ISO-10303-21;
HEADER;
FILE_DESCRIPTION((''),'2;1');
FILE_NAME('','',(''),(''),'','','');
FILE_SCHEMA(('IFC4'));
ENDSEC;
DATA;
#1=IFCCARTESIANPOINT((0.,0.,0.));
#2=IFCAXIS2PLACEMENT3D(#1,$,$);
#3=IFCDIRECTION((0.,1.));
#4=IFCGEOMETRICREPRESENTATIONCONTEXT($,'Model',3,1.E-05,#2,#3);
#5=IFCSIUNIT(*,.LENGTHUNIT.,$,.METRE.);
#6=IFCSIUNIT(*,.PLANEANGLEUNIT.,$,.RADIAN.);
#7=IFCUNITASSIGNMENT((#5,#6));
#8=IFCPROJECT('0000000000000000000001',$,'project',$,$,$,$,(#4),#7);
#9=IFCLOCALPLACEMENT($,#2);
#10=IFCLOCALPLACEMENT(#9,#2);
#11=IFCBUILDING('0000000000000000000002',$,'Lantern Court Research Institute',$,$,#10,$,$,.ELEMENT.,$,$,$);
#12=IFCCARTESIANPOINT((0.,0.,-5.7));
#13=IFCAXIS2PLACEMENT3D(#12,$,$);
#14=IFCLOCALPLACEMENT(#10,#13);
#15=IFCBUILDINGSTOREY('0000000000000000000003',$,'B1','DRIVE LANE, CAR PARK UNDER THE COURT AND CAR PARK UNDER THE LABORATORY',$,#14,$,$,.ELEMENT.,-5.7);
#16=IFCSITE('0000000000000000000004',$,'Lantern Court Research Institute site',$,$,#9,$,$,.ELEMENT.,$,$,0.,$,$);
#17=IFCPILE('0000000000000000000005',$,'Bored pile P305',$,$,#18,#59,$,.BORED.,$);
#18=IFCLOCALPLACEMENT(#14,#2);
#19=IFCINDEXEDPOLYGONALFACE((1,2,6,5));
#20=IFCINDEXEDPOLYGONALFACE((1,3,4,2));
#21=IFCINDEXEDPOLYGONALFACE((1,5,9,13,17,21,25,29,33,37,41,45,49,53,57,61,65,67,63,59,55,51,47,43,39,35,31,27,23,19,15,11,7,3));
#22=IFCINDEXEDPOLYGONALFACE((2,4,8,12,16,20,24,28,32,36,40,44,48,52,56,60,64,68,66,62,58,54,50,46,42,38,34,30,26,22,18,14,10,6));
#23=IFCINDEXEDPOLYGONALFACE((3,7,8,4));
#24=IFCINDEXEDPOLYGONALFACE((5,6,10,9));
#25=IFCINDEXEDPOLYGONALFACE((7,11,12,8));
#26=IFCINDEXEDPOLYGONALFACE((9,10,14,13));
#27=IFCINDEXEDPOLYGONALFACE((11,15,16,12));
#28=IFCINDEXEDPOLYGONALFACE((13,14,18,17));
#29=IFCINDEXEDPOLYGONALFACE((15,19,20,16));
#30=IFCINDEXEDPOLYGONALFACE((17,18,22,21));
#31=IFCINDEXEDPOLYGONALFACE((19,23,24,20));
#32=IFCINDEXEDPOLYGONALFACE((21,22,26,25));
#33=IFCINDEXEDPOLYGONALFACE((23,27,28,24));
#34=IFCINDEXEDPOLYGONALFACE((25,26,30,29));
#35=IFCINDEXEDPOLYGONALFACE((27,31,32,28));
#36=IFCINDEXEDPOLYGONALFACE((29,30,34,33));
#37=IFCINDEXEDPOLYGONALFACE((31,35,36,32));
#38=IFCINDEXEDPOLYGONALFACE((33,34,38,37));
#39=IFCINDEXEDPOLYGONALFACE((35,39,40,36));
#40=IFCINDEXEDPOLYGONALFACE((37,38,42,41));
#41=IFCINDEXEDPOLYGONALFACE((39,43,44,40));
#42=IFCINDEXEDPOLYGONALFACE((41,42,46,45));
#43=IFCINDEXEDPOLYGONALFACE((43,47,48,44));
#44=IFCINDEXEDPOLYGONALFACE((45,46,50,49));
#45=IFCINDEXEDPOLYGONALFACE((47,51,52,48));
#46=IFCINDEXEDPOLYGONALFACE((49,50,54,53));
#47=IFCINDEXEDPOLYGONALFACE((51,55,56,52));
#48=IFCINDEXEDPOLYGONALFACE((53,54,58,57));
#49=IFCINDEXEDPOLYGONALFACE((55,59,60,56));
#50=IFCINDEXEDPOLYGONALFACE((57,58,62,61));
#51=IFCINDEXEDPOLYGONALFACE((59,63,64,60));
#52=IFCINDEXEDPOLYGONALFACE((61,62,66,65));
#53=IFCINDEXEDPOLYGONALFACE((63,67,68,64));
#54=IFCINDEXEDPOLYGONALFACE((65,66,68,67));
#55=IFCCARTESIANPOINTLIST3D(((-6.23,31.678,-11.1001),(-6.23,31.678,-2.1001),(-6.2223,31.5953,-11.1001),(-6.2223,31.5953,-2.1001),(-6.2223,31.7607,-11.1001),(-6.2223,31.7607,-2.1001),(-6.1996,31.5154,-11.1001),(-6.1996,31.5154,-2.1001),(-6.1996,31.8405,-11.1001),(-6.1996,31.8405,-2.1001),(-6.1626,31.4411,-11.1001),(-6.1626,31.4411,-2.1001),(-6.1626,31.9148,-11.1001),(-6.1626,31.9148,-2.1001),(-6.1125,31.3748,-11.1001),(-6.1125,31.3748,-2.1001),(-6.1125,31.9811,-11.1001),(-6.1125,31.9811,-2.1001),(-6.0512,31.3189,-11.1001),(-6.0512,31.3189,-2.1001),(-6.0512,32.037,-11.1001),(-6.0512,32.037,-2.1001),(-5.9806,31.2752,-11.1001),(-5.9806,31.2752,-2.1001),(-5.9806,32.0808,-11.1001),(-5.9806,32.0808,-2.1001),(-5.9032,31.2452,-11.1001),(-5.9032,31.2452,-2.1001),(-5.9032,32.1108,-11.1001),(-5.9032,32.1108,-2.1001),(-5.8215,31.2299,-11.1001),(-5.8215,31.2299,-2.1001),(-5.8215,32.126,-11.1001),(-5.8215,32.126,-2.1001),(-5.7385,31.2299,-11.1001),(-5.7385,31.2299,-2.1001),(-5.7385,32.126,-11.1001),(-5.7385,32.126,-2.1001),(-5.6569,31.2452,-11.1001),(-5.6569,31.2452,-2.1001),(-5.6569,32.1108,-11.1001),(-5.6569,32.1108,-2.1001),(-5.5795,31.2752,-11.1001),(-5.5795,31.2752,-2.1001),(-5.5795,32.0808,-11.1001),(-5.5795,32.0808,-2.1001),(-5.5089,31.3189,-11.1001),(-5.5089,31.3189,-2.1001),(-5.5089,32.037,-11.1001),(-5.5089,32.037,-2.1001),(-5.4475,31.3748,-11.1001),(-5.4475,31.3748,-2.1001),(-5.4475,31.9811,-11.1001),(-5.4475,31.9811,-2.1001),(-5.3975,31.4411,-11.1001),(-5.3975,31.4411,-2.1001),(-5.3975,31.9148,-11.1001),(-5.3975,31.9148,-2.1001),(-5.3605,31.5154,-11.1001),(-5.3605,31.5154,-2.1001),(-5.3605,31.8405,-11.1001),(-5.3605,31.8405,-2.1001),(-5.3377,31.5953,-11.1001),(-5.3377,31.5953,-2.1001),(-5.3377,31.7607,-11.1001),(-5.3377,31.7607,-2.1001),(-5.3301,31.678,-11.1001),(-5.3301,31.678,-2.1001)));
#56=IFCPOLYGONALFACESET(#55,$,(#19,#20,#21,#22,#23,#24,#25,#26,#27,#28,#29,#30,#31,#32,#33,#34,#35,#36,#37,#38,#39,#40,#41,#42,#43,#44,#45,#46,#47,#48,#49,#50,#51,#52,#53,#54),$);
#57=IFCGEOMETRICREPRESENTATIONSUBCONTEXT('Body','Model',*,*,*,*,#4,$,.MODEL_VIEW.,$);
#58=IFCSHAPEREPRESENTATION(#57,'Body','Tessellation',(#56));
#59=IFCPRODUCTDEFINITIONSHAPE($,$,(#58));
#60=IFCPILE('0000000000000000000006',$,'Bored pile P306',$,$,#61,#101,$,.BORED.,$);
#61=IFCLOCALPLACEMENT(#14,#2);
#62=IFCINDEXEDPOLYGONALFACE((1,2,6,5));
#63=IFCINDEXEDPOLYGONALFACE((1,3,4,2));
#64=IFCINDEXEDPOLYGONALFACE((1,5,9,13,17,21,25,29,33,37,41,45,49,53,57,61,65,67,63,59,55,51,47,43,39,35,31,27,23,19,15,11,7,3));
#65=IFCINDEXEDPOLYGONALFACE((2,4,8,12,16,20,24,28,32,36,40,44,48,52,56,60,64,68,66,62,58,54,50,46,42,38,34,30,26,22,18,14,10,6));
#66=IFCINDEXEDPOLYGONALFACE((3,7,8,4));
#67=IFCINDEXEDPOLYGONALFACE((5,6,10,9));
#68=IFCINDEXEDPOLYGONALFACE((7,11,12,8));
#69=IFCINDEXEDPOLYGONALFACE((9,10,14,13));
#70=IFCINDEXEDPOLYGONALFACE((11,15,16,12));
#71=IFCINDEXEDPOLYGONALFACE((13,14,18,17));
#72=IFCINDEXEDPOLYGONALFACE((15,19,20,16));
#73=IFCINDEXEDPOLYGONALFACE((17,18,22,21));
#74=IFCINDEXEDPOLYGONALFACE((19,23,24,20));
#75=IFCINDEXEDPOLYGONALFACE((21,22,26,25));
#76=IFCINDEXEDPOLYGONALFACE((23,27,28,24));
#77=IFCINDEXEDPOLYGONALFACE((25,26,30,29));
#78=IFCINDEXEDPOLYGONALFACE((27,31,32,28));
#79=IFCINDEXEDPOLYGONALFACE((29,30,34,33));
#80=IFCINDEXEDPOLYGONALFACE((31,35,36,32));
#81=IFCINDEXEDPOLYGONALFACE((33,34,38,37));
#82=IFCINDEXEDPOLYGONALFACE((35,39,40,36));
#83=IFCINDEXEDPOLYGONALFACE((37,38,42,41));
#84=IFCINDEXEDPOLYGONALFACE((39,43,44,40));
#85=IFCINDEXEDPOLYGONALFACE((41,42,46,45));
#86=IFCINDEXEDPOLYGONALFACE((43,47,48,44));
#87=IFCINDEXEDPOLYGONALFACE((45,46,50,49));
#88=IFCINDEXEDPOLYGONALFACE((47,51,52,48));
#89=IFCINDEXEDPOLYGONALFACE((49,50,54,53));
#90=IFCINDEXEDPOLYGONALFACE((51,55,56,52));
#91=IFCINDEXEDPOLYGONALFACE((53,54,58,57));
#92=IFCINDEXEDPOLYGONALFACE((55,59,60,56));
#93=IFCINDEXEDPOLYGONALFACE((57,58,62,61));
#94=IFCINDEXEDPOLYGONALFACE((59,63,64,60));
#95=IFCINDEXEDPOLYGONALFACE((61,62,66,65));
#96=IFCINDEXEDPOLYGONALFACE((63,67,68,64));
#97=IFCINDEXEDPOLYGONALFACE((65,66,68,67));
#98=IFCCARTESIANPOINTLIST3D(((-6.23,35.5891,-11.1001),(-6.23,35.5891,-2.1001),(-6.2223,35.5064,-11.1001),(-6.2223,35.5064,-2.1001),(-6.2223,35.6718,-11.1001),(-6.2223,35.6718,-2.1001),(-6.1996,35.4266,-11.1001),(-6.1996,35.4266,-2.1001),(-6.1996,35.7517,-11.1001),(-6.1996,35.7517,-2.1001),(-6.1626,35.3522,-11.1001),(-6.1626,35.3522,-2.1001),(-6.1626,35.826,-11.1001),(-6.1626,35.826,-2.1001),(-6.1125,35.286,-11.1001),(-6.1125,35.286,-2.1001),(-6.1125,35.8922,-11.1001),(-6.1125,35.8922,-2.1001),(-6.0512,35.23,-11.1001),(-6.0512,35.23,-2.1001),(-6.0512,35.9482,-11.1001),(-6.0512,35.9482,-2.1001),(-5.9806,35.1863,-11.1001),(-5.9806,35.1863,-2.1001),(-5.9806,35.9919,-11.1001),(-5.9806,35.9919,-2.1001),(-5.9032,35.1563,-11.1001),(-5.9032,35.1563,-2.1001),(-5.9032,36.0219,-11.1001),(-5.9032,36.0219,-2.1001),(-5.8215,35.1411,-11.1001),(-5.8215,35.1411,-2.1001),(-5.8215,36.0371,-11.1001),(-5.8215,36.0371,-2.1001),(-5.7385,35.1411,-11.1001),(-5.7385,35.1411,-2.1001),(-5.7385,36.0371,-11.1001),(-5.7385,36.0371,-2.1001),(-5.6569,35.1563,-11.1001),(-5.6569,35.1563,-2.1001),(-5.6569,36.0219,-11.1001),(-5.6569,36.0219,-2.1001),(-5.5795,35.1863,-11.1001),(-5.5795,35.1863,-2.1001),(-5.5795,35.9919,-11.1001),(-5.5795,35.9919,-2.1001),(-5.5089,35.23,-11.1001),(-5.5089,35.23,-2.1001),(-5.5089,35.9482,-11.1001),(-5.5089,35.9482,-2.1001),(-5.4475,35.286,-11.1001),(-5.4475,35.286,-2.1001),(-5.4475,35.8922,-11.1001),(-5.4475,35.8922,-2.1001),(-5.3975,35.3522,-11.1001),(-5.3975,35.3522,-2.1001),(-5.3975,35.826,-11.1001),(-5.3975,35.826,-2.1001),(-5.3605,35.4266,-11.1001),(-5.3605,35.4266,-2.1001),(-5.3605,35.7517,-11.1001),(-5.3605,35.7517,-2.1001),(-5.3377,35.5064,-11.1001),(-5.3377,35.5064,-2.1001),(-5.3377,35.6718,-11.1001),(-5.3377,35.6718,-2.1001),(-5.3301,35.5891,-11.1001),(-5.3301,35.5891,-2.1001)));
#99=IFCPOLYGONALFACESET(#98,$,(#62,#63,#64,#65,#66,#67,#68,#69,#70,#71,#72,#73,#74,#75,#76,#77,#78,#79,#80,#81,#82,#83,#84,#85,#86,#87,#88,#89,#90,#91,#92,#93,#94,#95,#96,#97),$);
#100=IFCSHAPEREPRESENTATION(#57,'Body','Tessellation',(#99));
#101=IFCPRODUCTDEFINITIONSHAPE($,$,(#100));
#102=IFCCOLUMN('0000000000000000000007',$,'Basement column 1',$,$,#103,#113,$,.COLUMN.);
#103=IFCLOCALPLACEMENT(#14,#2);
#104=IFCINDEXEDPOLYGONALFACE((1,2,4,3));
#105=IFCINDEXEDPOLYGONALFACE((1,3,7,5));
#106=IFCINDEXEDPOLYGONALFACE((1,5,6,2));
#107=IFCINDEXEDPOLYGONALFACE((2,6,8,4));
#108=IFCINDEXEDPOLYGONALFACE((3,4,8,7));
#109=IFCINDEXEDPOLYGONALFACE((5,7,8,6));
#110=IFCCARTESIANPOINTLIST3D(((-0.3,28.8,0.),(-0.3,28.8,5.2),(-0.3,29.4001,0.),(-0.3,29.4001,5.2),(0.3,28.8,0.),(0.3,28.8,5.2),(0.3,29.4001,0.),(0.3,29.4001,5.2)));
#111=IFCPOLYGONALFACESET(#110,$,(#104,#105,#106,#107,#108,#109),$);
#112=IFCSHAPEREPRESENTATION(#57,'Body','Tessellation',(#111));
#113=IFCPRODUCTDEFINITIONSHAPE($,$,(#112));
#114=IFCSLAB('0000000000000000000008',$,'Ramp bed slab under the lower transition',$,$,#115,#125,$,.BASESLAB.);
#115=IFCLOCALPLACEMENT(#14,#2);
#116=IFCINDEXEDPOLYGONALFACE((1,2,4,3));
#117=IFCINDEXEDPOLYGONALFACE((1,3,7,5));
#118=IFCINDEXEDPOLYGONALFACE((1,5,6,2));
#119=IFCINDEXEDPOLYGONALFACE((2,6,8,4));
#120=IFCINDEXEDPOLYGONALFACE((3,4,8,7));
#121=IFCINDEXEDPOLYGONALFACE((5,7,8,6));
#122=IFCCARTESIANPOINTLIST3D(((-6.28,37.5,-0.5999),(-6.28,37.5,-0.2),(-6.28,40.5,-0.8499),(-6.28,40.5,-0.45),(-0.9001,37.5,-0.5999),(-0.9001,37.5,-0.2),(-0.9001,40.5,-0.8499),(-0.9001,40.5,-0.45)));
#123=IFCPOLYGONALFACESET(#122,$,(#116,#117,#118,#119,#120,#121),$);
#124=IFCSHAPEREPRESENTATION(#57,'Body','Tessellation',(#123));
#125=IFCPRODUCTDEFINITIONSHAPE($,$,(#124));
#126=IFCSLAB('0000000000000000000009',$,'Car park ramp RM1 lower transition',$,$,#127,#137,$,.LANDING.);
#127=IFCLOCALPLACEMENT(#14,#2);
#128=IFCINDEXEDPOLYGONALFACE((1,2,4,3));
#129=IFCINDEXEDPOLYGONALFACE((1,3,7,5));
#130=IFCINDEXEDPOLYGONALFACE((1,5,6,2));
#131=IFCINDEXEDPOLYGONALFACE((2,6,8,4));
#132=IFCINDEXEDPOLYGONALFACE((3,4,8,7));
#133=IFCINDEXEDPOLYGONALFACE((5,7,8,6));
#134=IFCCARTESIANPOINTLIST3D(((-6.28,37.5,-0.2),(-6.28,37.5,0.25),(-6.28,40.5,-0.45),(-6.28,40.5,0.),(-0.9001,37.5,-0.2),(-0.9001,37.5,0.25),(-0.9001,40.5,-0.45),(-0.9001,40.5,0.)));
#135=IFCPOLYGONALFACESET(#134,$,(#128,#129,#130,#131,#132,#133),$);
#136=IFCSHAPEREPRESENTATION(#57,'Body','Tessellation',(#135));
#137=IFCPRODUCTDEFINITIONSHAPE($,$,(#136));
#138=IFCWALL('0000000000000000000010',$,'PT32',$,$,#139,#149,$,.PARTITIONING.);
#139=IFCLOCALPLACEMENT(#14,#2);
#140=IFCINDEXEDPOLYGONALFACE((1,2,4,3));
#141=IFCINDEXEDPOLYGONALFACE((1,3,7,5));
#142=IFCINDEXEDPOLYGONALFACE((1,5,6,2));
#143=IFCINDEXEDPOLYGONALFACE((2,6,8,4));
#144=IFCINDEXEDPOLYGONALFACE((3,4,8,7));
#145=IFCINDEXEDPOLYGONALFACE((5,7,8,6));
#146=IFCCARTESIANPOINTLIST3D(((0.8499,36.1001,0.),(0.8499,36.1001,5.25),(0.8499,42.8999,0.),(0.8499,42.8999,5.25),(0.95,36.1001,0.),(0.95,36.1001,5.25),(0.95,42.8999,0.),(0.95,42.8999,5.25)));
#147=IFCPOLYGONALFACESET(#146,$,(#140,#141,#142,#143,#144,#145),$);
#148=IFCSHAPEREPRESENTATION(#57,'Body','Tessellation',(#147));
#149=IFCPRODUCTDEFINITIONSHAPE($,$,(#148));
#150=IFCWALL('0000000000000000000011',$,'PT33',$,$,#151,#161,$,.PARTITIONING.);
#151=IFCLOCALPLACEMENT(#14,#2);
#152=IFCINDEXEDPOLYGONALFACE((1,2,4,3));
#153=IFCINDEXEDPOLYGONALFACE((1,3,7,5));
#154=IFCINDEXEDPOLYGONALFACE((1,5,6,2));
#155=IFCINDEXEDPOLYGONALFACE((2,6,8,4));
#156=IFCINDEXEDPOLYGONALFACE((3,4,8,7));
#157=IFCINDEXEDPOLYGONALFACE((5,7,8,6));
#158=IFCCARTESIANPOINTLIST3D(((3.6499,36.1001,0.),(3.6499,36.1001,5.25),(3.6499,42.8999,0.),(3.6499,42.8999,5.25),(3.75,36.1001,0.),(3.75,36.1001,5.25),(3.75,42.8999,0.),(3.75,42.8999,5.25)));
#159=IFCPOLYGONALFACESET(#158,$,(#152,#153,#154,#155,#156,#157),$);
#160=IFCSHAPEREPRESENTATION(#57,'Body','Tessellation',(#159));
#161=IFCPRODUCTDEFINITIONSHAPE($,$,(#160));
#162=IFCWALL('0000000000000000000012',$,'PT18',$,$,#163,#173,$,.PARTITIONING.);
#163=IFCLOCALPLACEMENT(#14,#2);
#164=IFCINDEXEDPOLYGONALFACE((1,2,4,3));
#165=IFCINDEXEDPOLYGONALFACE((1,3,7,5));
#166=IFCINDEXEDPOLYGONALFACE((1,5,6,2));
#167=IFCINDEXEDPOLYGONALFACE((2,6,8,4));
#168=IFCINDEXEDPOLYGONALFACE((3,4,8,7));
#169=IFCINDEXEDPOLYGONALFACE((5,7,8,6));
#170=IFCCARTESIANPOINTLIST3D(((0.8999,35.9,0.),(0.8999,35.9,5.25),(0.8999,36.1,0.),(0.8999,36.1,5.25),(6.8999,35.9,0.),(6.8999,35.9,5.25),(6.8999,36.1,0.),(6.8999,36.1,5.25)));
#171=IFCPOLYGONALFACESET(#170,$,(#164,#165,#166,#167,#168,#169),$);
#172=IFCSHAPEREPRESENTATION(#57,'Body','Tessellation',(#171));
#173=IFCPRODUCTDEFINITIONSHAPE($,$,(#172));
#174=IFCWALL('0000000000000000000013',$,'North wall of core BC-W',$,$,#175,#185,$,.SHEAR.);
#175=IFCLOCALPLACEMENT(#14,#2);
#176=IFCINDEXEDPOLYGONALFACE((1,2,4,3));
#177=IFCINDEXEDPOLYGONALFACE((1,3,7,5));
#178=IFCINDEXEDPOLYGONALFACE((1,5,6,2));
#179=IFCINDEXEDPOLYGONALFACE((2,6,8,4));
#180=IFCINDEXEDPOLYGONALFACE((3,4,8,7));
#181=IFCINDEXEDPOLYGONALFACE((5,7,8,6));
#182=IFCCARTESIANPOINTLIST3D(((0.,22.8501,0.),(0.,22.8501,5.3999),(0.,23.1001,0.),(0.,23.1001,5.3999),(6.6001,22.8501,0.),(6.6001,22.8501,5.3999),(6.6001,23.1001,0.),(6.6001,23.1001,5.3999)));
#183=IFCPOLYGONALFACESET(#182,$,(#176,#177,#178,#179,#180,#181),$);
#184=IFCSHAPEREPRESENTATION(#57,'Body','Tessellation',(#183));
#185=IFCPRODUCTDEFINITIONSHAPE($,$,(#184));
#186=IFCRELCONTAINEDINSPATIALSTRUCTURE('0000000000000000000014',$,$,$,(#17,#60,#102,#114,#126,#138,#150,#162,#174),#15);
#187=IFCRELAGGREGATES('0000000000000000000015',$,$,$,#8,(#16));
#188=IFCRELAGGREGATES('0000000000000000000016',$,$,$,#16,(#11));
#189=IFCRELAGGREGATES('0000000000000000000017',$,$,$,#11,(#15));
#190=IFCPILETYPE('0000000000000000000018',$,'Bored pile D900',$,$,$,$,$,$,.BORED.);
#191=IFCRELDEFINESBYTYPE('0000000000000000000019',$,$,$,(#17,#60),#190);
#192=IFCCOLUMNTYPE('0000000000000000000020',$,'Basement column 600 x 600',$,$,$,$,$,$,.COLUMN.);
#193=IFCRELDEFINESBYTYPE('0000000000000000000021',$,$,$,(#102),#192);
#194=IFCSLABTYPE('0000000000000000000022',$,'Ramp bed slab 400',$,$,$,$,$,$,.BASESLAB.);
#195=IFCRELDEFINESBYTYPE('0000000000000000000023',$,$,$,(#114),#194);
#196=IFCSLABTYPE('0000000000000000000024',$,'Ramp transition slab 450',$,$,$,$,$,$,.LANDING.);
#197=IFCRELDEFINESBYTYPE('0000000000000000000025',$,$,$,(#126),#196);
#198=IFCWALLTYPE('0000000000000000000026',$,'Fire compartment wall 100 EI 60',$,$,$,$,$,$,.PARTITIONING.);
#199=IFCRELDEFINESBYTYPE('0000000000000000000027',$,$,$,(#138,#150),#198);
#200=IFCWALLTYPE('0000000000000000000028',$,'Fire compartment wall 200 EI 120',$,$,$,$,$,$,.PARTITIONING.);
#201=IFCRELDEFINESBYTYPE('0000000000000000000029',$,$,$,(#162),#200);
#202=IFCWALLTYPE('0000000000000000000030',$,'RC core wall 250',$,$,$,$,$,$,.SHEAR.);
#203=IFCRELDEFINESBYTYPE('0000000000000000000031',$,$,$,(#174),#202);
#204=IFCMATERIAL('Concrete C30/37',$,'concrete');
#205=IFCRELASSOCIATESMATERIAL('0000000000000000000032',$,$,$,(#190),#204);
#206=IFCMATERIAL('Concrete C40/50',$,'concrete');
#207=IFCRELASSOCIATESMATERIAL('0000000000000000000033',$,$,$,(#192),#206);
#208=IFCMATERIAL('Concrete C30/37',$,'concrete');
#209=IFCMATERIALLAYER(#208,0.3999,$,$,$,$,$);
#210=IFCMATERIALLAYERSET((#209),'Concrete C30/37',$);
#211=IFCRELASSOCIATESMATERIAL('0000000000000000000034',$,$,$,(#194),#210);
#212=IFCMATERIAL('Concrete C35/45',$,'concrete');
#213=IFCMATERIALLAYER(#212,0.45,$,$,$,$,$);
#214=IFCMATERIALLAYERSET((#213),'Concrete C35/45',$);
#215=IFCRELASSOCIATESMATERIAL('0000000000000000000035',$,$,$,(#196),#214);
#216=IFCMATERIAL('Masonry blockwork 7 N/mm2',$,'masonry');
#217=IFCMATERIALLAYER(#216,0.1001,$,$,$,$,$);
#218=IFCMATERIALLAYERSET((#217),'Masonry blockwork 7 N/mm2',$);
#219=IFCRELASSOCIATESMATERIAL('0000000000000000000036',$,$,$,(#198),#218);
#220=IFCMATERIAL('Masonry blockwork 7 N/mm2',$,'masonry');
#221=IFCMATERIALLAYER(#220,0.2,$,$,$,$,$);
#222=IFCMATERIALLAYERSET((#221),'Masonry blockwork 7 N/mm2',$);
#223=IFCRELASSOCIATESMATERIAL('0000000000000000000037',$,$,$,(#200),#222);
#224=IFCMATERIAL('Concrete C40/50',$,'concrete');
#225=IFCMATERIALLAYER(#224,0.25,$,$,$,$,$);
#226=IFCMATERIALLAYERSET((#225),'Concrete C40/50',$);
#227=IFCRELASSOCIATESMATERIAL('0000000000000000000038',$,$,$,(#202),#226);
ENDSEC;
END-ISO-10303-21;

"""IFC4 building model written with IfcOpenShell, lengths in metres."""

from ifc_helpers import new_model, si_unit, direction, frame, frame_2d, origin, origin_2d, place, context, subcontext, project, spatial, polyline, rectangle, circle, outline, extrude, material, layer, layer_set, material_profile, profile_set, type_object, element, save


model = new_model("IFC4")

# Units and contexts
model_context = context("Model", 3, precision=1e-05, world=origin(), true_north=direction((0.0, 1.0)))
body_context = subcontext(model_context, "Body", "Model", "MODEL_VIEW")
ifc_project = project(units=[si_unit("LENGTHUNIT", "METRE"), si_unit("PLANEANGLEUNIT", "RADIAN")], contexts=[model_context])

# Site, building, storey
site_placement = place(None, origin())
site = spatial("IfcSite", under=ifc_project, at=site_placement, Name="Lantern Court Research Institute site", CompositionType="ELEMENT", RefElevation=0.0)
building_placement = place(site_placement, origin())
building = spatial("IfcBuilding", under=site, at=building_placement, Name="Lantern Court Research Institute", CompositionType="ELEMENT")
storey_placement = place(building_placement, frame((0.0, 0.0, -5.7)))
storey = spatial("IfcBuildingStorey", under=building, at=storey_placement, Name="B1", Description="DRIVE LANE, CAR PARK UNDER THE COURT AND CAR PARK UNDER THE LABORATORY", CompositionType="ELEMENT", Elevation=-5.7)

# Piles
ifc_material_1 = material(Name="Concrete C30/37", Category="concrete")
ifc_material_profile_1 = material_profile(ifc_material_1, circle(Radius=0.45, at=origin_2d()), Name="Bored pile D900")
ifc_profile_set_1 = profile_set([ifc_material_profile_1], Name="Concrete C30/37")
pile_type_1 = type_object("IfcPileType", Name="Bored pile D900", PredefinedType="BORED", material=ifc_profile_set_1)
for number, where, z_axis, x_axis, name in (
    (1, (-5.78, 31.678, -2.1001), (0.0, 0.0, -1.0), (1.0, 0.0, 0.0), "Bored pile P305"),
    (2, (-5.78, 35.5891, -2.1001), (0.0, 0.0, -1.0), (1.0, 0.0, 0.0), "Bored pile P306"),
):
    element("IfcPile", number, at=place(storey_placement, frame(where, z_axis=z_axis, x_axis=x_axis)), inside=storey, type_object=pile_type_1, Name=name, PredefinedType="BORED", context=body_context, shape_type="SweptSolid", body=[
        extrude(circle(Radius=0.45, at=origin_2d()), origin(), (0.0, 0.0, 1.0), 9.0),
    ])

# Column
ifc_material_2 = material(Name="Concrete C40/50", Category="concrete")
ifc_material_profile_2 = material_profile(ifc_material_2, rectangle(XDim=0.6001, YDim=0.6001, at=origin_2d()), Name="Basement column 600 x 600")
ifc_profile_set_2 = profile_set([ifc_material_profile_2], Name="Concrete C40/50")
column_type = type_object("IfcColumnType", Name="Basement column 600 x 600", PredefinedType="COLUMN", material=ifc_profile_set_2)
column_placement = place(storey_placement, frame((0.0, 29.1001, 0.0), z_axis=(0.0, 0.0, 1.0), x_axis=(1.0, 0.0, 0.0)))
element("IfcColumn", 3, at=column_placement, inside=storey, type_object=column_type, Name="Basement column 1", PredefinedType="COLUMN", context=body_context, shape_type="SweptSolid", body=[
    extrude(rectangle(XDim=0.6001, YDim=0.6001, at=origin_2d()), origin(), (0.0, 0.0, 1.0), 5.2),
])

# Slabs
ifc_material_3 = material(Name="Concrete C30/37", Category="concrete")
ifc_layer_1 = layer(ifc_material_3, 0.3999)
ifc_layer_set_1 = layer_set([ifc_layer_1], Name="Concrete C30/37")
slab_type_1 = type_object("IfcSlabType", Name="Ramp bed slab 400", PredefinedType="BASESLAB", material=ifc_layer_set_1)
slab_1_placement = place(storey_placement, frame((-3.5901, 37.5, -0.2), z_axis=(0.0, 0.0, 1.0), x_axis=(0.0, 1.0, 0.0)))
element("IfcSlab", 4, at=slab_1_placement, inside=storey, type_object=slab_type_1, Name="Ramp bed slab under the lower transition", PredefinedType="BASESLAB", context=body_context, shape_type="SweptSolid", body=[
    extrude(outline(polyline([(0.0, 0.0), (3.0, -0.25), (3.0, -0.6499), (0.0, -0.3999), (0.0, 0.0)])), frame((0.0, 2.6899, 0.0), z_axis=(0.0, -1.0, 0.0), x_axis=(1.0, 0.0, 0.0)), (0.0, 0.0, 1.0), 5.3799),
])
ifc_material_4 = material(Name="Concrete C35/45", Category="concrete")
ifc_layer_2 = layer(ifc_material_4, 0.45)
ifc_layer_set_2 = layer_set([ifc_layer_2], Name="Concrete C35/45")
slab_type_2 = type_object("IfcSlabType", Name="Ramp transition slab 450", PredefinedType="LANDING", material=ifc_layer_set_2)
slab_2_placement = place(storey_placement, frame((-3.5901, 37.5, 0.25), z_axis=(0.0, 0.0, 1.0), x_axis=(0.0, 1.0, 0.0)))
element("IfcSlab", 5, at=slab_2_placement, inside=storey, type_object=slab_type_2, Name="Car park ramp RM1 lower transition", PredefinedType="LANDING", context=body_context, shape_type="SweptSolid", body=[
    extrude(outline(polyline([(0.0, 0.0), (3.0, -0.25), (3.0, -0.7), (0.0, -0.45), (0.0, 0.0)])), frame((0.0, 2.6899, 0.0), z_axis=(0.0, -1.0, 0.0), x_axis=(1.0, 0.0, 0.0)), (0.0, 0.0, 1.0), 5.3799),
])

# Walls
ifc_material_5 = material(Name="Masonry blockwork 7 N/mm2", Category="masonry")
ifc_layer_3 = layer(ifc_material_5, 0.1001)
ifc_layer_set_3 = layer_set([ifc_layer_3], Name="Masonry blockwork 7 N/mm2")
wall_type_1 = type_object("IfcWallType", Name="Fire compartment wall 100 EI 60", PredefinedType="PARTITIONING", material=ifc_layer_set_3)
for number, where, z_axis, x_axis, name in (
    (6, (0.8999, 36.1001, 0.0), (0.0, 0.0, 1.0), (0.0, 1.0, 0.0), "PT32"),
    (7, (3.7, 36.1001, 0.0), (0.0, 0.0, 1.0), (0.0, 1.0, 0.0), "PT33"),
):
    element("IfcWall", number, at=place(storey_placement, frame(where, z_axis=z_axis, x_axis=x_axis)), inside=storey, type_object=wall_type_1, Name=name, PredefinedType="PARTITIONING", context=body_context, shape_type="SweptSolid", body=[
        extrude(rectangle(XDim=6.7998, YDim=0.1001, at=frame_2d((3.3999, 0.0))), origin(), (0.0, 0.0, 1.0), 5.25),
    ])
ifc_material_6 = material(Name="Masonry blockwork 7 N/mm2", Category="masonry")
ifc_layer_4 = layer(ifc_material_6, 0.2)
ifc_layer_set_4 = layer_set([ifc_layer_4], Name="Masonry blockwork 7 N/mm2")
wall_type_2 = type_object("IfcWallType", Name="Fire compartment wall 200 EI 120", PredefinedType="PARTITIONING", material=ifc_layer_set_4)
wall_1_placement = place(storey_placement, frame((0.8999, 36.0, 0.0), z_axis=(0.0, 0.0, 1.0), x_axis=(1.0, 0.0, 0.0)))
element("IfcWall", 8, at=wall_1_placement, inside=storey, type_object=wall_type_2, Name="PT18", PredefinedType="PARTITIONING", context=body_context, shape_type="SweptSolid", body=[
    extrude(rectangle(XDim=6.0, YDim=0.2, at=frame_2d((3.0, 0.0))), origin(), (0.0, 0.0, 1.0), 5.25),
])
ifc_material_7 = material(Name="Concrete C40/50", Category="concrete")
ifc_layer_5 = layer(ifc_material_7, 0.25)
ifc_layer_set_5 = layer_set([ifc_layer_5], Name="Concrete C40/50")
wall_type_3 = type_object("IfcWallType", Name="RC core wall 250", PredefinedType="SHEAR", material=ifc_layer_set_5)
wall_2_placement = place(storey_placement, frame((0.0, 22.9751, 0.0), z_axis=(0.0, 0.0, 1.0), x_axis=(1.0, 0.0, 0.0)))
element("IfcWall", 9, at=wall_2_placement, inside=storey, type_object=wall_type_3, Name="North wall of core BC-W", PredefinedType="SHEAR", context=body_context, shape_type="SweptSolid", body=[
    extrude(rectangle(XDim=6.6001, YDim=0.25, at=frame_2d((3.3, 0.0))), origin(), (0.0, 0.0, 1.0), 5.3999),
])

save(model, "model.ifc")
